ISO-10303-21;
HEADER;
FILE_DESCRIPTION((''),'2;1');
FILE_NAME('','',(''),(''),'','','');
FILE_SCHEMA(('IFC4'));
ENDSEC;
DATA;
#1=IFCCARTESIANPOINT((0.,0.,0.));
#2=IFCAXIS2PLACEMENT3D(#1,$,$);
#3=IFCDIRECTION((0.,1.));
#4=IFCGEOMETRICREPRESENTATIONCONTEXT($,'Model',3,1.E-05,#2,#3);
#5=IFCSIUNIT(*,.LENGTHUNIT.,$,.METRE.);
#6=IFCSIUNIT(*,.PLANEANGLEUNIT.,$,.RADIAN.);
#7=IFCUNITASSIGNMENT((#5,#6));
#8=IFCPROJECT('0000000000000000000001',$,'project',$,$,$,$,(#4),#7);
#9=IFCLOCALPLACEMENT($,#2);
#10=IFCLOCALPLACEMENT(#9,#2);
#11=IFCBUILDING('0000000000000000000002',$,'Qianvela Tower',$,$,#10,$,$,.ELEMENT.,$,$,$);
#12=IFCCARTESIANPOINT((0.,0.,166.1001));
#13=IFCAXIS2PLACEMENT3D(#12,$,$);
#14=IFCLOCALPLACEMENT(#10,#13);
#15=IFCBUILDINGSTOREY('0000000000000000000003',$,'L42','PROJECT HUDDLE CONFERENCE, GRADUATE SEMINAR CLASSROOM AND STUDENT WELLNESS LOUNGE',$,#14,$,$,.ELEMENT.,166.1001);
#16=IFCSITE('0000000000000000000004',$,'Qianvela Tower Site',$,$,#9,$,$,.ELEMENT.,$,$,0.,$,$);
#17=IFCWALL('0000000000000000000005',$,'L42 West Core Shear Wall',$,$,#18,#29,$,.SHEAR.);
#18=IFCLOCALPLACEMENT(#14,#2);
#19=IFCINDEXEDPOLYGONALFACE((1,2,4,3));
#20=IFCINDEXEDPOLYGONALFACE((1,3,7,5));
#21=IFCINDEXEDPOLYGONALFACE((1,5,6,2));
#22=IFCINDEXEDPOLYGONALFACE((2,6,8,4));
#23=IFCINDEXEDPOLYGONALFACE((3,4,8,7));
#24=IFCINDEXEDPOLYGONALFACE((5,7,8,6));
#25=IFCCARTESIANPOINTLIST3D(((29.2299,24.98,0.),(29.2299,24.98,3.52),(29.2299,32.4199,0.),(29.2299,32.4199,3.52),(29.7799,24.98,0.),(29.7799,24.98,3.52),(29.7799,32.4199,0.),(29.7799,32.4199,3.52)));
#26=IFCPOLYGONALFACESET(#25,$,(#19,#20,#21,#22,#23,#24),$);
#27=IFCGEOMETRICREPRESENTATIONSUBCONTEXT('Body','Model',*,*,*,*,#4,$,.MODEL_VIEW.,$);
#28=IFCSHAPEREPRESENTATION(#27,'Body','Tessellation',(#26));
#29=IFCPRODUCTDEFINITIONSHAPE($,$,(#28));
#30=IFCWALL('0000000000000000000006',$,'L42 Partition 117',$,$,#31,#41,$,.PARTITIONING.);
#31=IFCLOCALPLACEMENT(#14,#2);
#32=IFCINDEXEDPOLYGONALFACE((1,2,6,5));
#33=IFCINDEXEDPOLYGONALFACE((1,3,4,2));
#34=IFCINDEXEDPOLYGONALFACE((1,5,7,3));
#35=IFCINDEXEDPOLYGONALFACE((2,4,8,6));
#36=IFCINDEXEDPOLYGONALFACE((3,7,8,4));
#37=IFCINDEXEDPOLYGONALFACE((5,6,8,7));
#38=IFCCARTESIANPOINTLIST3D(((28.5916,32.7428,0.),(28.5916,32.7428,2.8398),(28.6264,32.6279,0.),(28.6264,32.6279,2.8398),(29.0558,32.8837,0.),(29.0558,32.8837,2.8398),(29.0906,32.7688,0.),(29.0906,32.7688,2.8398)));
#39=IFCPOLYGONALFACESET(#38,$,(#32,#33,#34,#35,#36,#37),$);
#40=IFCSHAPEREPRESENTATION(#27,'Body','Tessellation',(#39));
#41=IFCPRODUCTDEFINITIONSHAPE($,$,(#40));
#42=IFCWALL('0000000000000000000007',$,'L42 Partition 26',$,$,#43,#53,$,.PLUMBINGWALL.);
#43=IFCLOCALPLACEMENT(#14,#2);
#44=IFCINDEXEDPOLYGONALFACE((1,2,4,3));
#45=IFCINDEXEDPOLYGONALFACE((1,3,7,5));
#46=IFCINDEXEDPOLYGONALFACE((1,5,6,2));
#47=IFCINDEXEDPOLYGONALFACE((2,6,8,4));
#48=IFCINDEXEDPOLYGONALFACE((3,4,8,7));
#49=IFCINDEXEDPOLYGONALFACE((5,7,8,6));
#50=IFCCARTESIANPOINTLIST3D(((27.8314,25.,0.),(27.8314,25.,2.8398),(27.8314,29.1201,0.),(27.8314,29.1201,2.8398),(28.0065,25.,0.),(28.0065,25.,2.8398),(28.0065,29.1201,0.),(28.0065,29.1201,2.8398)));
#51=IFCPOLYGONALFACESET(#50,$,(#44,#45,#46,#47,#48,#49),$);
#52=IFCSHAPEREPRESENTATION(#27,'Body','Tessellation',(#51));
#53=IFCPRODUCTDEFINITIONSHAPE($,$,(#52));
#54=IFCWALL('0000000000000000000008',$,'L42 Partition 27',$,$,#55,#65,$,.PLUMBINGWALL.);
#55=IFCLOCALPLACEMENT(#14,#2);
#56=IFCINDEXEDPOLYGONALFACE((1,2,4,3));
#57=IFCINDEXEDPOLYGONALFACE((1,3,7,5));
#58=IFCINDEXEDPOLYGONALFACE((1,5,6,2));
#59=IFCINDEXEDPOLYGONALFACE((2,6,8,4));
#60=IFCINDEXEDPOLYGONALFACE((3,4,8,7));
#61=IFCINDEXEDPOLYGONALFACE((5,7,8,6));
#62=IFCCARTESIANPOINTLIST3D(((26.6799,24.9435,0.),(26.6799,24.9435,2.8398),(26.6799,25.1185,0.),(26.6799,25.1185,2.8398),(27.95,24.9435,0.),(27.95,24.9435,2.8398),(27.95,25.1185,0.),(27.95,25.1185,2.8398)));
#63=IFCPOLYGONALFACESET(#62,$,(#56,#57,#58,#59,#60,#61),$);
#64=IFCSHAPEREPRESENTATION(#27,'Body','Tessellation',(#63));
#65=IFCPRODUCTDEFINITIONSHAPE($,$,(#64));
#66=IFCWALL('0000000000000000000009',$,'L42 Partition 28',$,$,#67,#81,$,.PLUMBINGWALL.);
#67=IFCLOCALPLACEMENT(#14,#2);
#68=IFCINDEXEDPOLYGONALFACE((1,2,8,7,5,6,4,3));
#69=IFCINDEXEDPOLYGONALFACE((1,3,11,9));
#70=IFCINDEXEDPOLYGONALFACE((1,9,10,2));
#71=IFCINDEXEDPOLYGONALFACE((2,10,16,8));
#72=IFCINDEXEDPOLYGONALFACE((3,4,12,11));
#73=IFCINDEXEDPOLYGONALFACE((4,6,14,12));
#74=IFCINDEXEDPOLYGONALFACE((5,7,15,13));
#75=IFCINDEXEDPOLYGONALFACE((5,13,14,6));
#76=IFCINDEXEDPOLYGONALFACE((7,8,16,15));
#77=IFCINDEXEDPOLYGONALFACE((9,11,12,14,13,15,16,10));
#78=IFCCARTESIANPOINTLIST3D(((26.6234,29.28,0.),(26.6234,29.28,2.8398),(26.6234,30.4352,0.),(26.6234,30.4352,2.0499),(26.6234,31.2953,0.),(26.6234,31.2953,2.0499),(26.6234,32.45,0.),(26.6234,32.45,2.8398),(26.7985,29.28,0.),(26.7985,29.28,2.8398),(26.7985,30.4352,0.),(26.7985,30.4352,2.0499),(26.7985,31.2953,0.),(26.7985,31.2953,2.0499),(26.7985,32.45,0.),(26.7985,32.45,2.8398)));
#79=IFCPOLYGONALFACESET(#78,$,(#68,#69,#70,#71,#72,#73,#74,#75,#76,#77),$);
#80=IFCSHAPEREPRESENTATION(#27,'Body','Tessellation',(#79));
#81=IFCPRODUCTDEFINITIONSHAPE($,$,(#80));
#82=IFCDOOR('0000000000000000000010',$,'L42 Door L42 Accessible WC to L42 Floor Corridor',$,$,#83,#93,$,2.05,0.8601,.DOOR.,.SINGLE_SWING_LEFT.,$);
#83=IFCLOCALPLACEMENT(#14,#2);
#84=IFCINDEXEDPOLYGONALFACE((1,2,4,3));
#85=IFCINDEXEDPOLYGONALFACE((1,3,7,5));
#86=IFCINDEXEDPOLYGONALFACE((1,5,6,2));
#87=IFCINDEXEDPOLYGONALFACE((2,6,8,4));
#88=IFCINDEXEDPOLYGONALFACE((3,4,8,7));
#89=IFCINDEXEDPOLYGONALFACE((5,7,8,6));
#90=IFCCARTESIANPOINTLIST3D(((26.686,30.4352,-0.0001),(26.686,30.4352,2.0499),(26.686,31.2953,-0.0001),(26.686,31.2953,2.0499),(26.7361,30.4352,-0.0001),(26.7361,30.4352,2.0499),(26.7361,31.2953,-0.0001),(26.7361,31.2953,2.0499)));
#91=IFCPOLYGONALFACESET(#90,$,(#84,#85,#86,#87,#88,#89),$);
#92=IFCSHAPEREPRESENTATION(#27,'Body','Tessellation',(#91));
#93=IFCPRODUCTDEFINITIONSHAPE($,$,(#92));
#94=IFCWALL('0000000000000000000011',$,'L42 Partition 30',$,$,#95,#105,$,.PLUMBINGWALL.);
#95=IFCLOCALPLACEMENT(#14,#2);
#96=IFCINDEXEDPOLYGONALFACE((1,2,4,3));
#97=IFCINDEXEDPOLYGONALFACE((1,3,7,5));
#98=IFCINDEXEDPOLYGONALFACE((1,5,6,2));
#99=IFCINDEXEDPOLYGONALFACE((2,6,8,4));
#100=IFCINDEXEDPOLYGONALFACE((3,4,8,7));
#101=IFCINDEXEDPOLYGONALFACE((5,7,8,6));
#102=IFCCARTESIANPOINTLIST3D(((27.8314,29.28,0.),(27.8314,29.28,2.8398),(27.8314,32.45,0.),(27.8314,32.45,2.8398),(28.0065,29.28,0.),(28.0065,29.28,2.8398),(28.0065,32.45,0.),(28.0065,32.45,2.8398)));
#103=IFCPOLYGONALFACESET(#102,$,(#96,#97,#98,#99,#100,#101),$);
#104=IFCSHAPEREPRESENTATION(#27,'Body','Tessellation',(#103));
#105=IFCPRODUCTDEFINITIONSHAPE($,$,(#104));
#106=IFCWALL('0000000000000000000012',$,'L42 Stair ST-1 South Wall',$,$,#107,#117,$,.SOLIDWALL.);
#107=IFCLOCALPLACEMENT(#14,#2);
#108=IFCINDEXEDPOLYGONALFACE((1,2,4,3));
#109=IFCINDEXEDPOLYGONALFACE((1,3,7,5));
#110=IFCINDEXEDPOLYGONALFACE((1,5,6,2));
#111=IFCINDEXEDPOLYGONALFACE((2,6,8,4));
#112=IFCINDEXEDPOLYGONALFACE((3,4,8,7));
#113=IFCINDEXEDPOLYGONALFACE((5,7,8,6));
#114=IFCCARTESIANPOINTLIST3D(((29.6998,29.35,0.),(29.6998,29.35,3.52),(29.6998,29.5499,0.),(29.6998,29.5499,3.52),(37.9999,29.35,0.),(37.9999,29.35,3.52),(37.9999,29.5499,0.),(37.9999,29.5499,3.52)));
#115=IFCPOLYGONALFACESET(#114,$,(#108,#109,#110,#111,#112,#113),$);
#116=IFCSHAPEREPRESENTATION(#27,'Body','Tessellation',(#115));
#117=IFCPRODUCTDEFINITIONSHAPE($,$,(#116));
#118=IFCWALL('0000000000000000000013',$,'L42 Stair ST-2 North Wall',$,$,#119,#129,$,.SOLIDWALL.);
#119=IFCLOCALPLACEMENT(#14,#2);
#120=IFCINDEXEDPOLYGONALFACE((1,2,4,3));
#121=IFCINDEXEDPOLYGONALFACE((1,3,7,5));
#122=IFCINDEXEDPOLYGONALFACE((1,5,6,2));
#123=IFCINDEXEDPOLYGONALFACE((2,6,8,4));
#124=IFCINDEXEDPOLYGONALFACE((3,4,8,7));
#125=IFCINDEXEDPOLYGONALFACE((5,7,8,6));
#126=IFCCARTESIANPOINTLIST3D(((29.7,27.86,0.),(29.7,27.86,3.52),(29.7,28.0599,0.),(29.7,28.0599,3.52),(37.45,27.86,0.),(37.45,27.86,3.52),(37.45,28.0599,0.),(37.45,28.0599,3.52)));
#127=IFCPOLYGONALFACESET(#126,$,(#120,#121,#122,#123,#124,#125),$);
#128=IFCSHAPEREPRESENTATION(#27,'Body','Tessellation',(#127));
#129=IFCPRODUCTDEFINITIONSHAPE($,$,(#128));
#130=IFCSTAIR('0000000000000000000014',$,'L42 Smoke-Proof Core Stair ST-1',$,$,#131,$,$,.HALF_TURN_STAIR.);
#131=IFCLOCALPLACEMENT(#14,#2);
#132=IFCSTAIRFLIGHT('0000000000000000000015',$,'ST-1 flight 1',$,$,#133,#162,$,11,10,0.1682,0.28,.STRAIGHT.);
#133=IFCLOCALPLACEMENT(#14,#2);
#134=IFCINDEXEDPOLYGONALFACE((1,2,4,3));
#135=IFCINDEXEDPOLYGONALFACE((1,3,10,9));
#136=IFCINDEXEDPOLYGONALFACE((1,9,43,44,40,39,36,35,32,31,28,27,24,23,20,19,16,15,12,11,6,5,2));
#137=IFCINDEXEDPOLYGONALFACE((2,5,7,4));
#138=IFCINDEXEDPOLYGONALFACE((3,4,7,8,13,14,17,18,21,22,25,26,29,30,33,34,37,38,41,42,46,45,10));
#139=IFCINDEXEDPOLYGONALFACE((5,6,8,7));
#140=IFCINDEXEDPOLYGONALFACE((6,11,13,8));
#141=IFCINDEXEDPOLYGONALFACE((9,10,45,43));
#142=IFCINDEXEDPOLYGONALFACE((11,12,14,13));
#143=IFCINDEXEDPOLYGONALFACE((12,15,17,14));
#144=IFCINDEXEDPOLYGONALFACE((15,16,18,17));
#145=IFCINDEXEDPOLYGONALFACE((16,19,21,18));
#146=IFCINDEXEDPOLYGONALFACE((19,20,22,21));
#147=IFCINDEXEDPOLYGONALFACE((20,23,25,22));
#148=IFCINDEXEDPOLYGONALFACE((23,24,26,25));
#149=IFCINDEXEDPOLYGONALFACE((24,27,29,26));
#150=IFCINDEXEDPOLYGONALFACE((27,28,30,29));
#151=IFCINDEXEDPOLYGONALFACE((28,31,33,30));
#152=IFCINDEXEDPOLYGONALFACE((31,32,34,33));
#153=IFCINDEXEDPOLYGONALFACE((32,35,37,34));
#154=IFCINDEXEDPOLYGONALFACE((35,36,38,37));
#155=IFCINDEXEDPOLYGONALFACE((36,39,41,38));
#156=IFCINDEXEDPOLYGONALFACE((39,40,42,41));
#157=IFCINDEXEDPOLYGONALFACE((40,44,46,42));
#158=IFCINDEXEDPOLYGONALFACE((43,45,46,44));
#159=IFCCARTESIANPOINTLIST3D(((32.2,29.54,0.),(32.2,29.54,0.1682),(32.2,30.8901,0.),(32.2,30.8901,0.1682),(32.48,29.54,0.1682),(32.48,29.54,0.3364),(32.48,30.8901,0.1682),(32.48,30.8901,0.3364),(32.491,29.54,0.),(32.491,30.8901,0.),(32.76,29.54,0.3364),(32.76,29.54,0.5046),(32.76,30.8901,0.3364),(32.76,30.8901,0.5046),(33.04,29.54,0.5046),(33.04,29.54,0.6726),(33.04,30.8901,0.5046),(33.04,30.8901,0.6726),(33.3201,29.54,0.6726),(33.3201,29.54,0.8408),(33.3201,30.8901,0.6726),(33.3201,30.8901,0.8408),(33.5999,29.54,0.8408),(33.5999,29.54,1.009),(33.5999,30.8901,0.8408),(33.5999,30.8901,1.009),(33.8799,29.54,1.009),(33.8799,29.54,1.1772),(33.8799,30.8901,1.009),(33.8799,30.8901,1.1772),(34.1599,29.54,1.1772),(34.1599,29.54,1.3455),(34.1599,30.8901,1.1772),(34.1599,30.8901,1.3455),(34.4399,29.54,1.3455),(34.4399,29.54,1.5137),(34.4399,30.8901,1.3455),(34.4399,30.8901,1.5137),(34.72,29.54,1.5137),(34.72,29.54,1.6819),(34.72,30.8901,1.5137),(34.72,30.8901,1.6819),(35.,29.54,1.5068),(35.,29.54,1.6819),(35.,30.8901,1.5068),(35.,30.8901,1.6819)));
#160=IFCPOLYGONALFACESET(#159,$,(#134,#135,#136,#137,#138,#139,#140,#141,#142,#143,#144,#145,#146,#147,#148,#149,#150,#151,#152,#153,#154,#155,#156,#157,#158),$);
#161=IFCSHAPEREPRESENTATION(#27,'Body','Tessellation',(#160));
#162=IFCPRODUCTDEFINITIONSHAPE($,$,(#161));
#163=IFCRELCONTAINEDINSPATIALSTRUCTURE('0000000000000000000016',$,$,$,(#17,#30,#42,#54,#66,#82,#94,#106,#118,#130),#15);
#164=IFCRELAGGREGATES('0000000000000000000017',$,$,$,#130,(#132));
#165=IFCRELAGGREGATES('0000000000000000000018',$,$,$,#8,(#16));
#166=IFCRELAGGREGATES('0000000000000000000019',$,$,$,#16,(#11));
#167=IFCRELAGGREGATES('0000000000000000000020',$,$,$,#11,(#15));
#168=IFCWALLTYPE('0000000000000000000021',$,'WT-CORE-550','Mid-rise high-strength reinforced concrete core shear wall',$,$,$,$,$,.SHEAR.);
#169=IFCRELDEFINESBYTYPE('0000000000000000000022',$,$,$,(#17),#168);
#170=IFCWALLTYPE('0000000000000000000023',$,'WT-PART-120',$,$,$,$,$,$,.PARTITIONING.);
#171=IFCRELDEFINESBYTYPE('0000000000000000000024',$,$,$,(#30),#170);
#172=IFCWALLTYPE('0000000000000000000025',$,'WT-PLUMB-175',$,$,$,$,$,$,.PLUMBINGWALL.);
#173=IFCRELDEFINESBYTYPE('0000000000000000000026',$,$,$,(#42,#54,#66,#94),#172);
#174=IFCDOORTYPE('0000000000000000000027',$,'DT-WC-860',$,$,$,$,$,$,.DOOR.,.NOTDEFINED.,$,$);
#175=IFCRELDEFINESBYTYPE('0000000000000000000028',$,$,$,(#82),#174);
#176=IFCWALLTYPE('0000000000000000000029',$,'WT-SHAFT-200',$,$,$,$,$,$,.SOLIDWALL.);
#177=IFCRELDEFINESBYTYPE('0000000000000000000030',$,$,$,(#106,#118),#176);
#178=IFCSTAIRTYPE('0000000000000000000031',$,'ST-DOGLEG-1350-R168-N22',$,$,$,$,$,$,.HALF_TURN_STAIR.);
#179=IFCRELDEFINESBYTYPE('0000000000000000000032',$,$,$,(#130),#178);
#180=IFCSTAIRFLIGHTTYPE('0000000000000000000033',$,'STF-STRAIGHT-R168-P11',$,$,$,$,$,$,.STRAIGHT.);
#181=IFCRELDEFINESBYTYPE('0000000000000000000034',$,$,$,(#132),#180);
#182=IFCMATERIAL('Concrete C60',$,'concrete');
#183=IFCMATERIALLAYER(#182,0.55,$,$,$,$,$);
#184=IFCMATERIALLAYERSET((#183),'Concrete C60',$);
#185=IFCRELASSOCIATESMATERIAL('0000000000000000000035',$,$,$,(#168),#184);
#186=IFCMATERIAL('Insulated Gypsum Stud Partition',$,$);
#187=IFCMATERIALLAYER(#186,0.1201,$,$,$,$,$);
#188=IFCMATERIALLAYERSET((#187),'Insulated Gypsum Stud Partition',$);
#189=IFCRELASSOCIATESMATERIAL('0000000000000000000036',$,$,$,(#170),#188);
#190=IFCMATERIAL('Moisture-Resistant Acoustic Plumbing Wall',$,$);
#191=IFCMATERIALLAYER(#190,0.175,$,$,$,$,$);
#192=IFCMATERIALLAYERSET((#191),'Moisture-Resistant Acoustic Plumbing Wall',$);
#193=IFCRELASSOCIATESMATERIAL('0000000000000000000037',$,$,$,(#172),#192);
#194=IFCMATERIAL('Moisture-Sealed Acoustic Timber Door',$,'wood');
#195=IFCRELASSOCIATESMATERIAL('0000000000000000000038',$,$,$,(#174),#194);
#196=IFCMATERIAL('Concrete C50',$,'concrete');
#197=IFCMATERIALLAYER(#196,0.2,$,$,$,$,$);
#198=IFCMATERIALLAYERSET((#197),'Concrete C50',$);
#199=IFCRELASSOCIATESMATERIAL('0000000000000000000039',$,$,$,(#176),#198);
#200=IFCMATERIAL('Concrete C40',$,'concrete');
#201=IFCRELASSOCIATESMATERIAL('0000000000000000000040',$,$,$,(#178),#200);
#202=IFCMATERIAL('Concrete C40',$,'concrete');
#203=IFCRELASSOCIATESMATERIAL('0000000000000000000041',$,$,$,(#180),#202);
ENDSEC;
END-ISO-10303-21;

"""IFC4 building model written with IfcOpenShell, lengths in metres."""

from ifc_helpers import new_model, si_unit, direction, frame, frame_2d, origin, place, context, subcontext, project, spatial, polyline, rectangle, outline, extrude, material, layer, layer_set, type_object, element, fill, aggregate, save


model = new_model("IFC4")

# Units and contexts
model_context = context("Model", 3, precision=1e-05, world=origin(), true_north=direction((0.0, 1.0)))
body_context = subcontext(model_context, "Body", "Model", "MODEL_VIEW")
ifc_project = project(units=[si_unit("LENGTHUNIT", "METRE"), si_unit("PLANEANGLEUNIT", "RADIAN")], contexts=[model_context])

# Site, building, storey
site_placement = place(None, origin())
site = spatial("IfcSite", under=ifc_project, at=site_placement, Name="Qianvela Tower Site", CompositionType="ELEMENT", RefElevation=0.0)
building_placement = place(site_placement, origin())
building = spatial("IfcBuilding", under=site, at=building_placement, Name="Qianvela Tower", CompositionType="ELEMENT")
storey_placement = place(building_placement, frame((0.0, 0.0, 166.1001)))
storey = spatial("IfcBuildingStorey", under=building, at=storey_placement, Name="L42", Description="PROJECT HUDDLE CONFERENCE, GRADUATE SEMINAR CLASSROOM AND STUDENT WELLNESS LOUNGE", CompositionType="ELEMENT", Elevation=166.1001)

# Shared definitions
ifc_material_1 = material(Name="Concrete C60", Category="concrete")
ifc_layer_1 = layer(ifc_material_1, 0.55)
ifc_layer_set_1 = layer_set([ifc_layer_1], Name="Concrete C60")
wall_type_1 = type_object("IfcWallType", Name="WT-CORE-550", Description="Mid-rise high-strength reinforced concrete core shear wall", PredefinedType="SHEAR", material=ifc_layer_set_1)

# Walls
wall_1_placement = place(storey_placement, frame((29.5049, 24.98, 0.0), z_axis=(0.0, 0.0, 1.0), x_axis=(0.0, 1.0, 0.0)))
element("IfcWall", 1, at=wall_1_placement, inside=storey, type_object=wall_type_1, Name="L42 West Core Shear Wall", PredefinedType="SHEAR", context=body_context, shape_type="SweptSolid", body=[
    extrude(rectangle(XDim=7.4399, YDim=0.55, at=frame_2d((3.72, 0.0))), origin(), (0.0, 0.0, 1.0), 3.52),
])
ifc_material_2 = material(Name="Insulated Gypsum Stud Partition")
ifc_layer_2 = layer(ifc_material_2, 0.1201)
ifc_layer_set_2 = layer_set([ifc_layer_2], Name="Insulated Gypsum Stud Partition")
wall_type_2 = type_object("IfcWallType", Name="WT-PART-120", PredefinedType="PARTITIONING", material=ifc_layer_set_2)
wall_2_placement = place(storey_placement, frame((28.6089, 32.6853, 0.0), z_axis=(0.0, 0.0, 1.0), x_axis=(0.956893, 0.29044, 0.0)))
element("IfcWall", 2, at=wall_2_placement, inside=storey, type_object=wall_type_2, Name="L42 Partition 117", PredefinedType="PARTITIONING", context=body_context, shape_type="SweptSolid", body=[
    extrude(rectangle(XDim=0.4851, YDim=0.1201, at=frame_2d((0.2427, 0.0))), origin(), (0.0, 0.0, 1.0), 2.8398),
])
ifc_material_3 = material(Name="Moisture-Resistant Acoustic Plumbing Wall")
ifc_layer_3 = layer(ifc_material_3, 0.175)
ifc_layer_set_3 = layer_set([ifc_layer_3], Name="Moisture-Resistant Acoustic Plumbing Wall")
wall_type_3 = type_object("IfcWallType", Name="WT-PLUMB-175", PredefinedType="PLUMBINGWALL", material=ifc_layer_set_3)
wall_3_placement = place(storey_placement, frame((27.9189, 29.1201, 0.0), z_axis=(0.0, 0.0, 1.0), x_axis=(0.0, -1.0, 0.0)))
element("IfcWall", 3, at=wall_3_placement, inside=storey, type_object=wall_type_3, Name="L42 Partition 26", PredefinedType="PLUMBINGWALL", context=body_context, shape_type="SweptSolid", body=[
    extrude(rectangle(XDim=4.1201, YDim=0.175, at=frame_2d((2.0601, 0.0))), origin(), (0.0, 0.0, 1.0), 2.8398),
])
wall_4_placement = place(storey_placement, frame((27.95, 25.031, 0.0), z_axis=(0.0, 0.0, 1.0), x_axis=(-1.0, 0.0, 0.0)))
element("IfcWall", 4, at=wall_4_placement, inside=storey, type_object=wall_type_3, Name="L42 Partition 27", PredefinedType="PLUMBINGWALL", context=body_context, shape_type="SweptSolid", body=[
    extrude(rectangle(XDim=1.27, YDim=0.175, at=frame_2d((0.635, 0.0))), origin(), (0.0, 0.0, 1.0), 2.8398),
])

# Wall, opening, door
wall_5_placement = place(storey_placement, frame((26.7109, 29.28, 0.0), z_axis=(0.0, 0.0, 1.0), x_axis=(0.0, 1.0, 0.0)))
wall_5 = element("IfcWall", 5, at=wall_5_placement, inside=storey, type_object=wall_type_3, Name="L42 Partition 28", PredefinedType="PLUMBINGWALL", context=body_context, shape_type="SweptSolid", body=[
    extrude(rectangle(XDim=3.1699, YDim=0.175, at=frame_2d((1.585, 0.0))), origin(), (0.0, 0.0, 1.0), 2.8398),
])
opening_1_placement = place(wall_5_placement, frame((1.155, 0.0, 0.0)))
opening_1 = element("IfcOpeningElement", 6, at=opening_1_placement, cuts=wall_5, PredefinedType="OPENING", context=body_context, shape_type="SweptSolid", body=[
    extrude(rectangle(XDim=0.8601, YDim=2.05, at=frame_2d((0.4302, 1.0249))), frame((0.0, 0.0974, 0.0), z_axis=(0.0, -1.0, 0.0), x_axis=(1.0, 0.0, 0.0)), (0.0, 0.0, 1.0), 0.1951),
])
ifc_material_4 = material(Name="Moisture-Sealed Acoustic Timber Door", Category="wood")
door_type_1 = type_object("IfcDoorType", Name="DT-WC-860", OperationType="NOTDEFINED", PredefinedType="DOOR", material=ifc_material_4)
door_1_placement = place(opening_1_placement, origin())
door_1 = element("IfcDoor", 7, at=door_1_placement, inside=storey, type_object=door_type_1, Name="L42 Door L42 Accessible WC to L42 Floor Corridor", OperationType="SINGLE_SWING_LEFT", OverallHeight=2.05, OverallWidth=0.8601, PredefinedType="DOOR", context=body_context, shape_type="SweptSolid", body=[
    extrude(rectangle(XDim=0.8601, YDim=2.05, at=frame_2d((0.4302, 1.0249))), frame((0.0, 0.0249, 0.0), z_axis=(0.0, -1.0, 0.0), x_axis=(1.0, 0.0, 0.0)), (0.0, 0.0, 1.0), 0.05),
])
fill(opening_1, door_1)

# Walls
wall_6_placement = place(storey_placement, frame((27.9189, 32.45, 0.0), z_axis=(0.0, 0.0, 1.0), x_axis=(0.0, -1.0, 0.0)))
element("IfcWall", 8, at=wall_6_placement, inside=storey, type_object=wall_type_3, Name="L42 Partition 30", PredefinedType="PLUMBINGWALL", context=body_context, shape_type="SweptSolid", body=[
    extrude(rectangle(XDim=3.1699, YDim=0.175, at=frame_2d((1.585, 0.0))), origin(), (0.0, 0.0, 1.0), 2.8398),
])
ifc_material_5 = material(Name="Concrete C50", Category="concrete")
ifc_layer_4 = layer(ifc_material_5, 0.2)
ifc_layer_set_4 = layer_set([ifc_layer_4], Name="Concrete C50")
wall_type_4 = type_object("IfcWallType", Name="WT-SHAFT-200", PredefinedType="SOLIDWALL", material=ifc_layer_set_4)
wall_7_placement = place(storey_placement, frame((29.7, 29.45, 0.0), z_axis=(0.0, 0.0, 1.0), x_axis=(1.0, 0.0, 0.0)))
element("IfcWall", 9, at=wall_7_placement, inside=storey, type_object=wall_type_4, Name="L42 Stair ST-1 South Wall", PredefinedType="SOLIDWALL", context=body_context, shape_type="SweptSolid", body=[
    extrude(rectangle(XDim=8.3, YDim=0.2, at=frame_2d((4.1499, 0.0))), origin(), (0.0, 0.0, 1.0), 3.52),
])
wall_8_placement = place(storey_placement, frame((29.7, 27.96, 0.0), z_axis=(0.0, 0.0, 1.0), x_axis=(1.0, 0.0, 0.0)))
element("IfcWall", 10, at=wall_8_placement, inside=storey, type_object=wall_type_4, Name="L42 Stair ST-2 North Wall", PredefinedType="SOLIDWALL", context=body_context, shape_type="SweptSolid", body=[
    extrude(rectangle(XDim=7.75, YDim=0.2, at=frame_2d((3.875, 0.0))), origin(), (0.0, 0.0, 1.0), 3.52),
])

# Stair, stair flight
ifc_material_6 = material(Name="Concrete C40", Category="concrete")
stair_type = type_object("IfcStairType", Name="ST-DOGLEG-1350-R168-N22", PredefinedType="HALF_TURN_STAIR", material=ifc_material_6)
stair_1_placement = place(storey_placement, origin())
stair_1 = element("IfcStair", 11, at=stair_1_placement, inside=storey, type_object=stair_type, Name="L42 Smoke-Proof Core Stair ST-1", PredefinedType="HALF_TURN_STAIR")
ifc_material_7 = material(Name="Concrete C40", Category="concrete")
stair_flight_type = type_object("IfcStairFlightType", Name="STF-STRAIGHT-R168-P11", PredefinedType="STRAIGHT", material=ifc_material_7)
stair_flight_1_placement = place(storey_placement, frame((32.2, 30.2151, 0.0), z_axis=(0.0, 0.0, 1.0), x_axis=(1.0, 0.0, 0.0)))
stair_flight_1 = element("IfcStairFlight", 12, at=stair_flight_1_placement, type_object=stair_flight_type, Name="ST-1 flight 1", NumberOfRisers=11, NumberOfTreads=10, PredefinedType="STRAIGHT", RiserHeight=0.1682, TreadLength=0.28, context=body_context, shape_type="SweptSolid", body=[
    extrude(outline(polyline([(0.0, 0.0), (0.0, 0.1682), (0.28, 0.1682), (0.28, 0.3364), (0.5601, 0.3364), (0.5601, 0.5046), (0.8401, 0.5046), (0.8401, 0.6726), (1.1201, 0.6726), (1.1201, 0.8408), (1.3999, 0.8408), (1.3999, 1.009), (1.6799, 1.009), (1.6799, 1.1772), (1.96, 1.1772), (1.96, 1.3455), (2.24, 1.3455), (2.24, 1.5137), (2.52, 1.5137), (2.52, 1.6819), (2.8, 1.6819), (2.8, 1.8501), (2.8, 1.5068), (0.291, 0.0), (0.0, 0.0)])), frame((0.0, 0.675, 0.0), z_axis=(0.0, -1.0, 0.0), x_axis=(1.0, 0.0, 0.0)), (0.0, 0.0, 1.0), 1.3501),
])
aggregate(stair_1, [stair_flight_1])

save(model, "model.ifc")
